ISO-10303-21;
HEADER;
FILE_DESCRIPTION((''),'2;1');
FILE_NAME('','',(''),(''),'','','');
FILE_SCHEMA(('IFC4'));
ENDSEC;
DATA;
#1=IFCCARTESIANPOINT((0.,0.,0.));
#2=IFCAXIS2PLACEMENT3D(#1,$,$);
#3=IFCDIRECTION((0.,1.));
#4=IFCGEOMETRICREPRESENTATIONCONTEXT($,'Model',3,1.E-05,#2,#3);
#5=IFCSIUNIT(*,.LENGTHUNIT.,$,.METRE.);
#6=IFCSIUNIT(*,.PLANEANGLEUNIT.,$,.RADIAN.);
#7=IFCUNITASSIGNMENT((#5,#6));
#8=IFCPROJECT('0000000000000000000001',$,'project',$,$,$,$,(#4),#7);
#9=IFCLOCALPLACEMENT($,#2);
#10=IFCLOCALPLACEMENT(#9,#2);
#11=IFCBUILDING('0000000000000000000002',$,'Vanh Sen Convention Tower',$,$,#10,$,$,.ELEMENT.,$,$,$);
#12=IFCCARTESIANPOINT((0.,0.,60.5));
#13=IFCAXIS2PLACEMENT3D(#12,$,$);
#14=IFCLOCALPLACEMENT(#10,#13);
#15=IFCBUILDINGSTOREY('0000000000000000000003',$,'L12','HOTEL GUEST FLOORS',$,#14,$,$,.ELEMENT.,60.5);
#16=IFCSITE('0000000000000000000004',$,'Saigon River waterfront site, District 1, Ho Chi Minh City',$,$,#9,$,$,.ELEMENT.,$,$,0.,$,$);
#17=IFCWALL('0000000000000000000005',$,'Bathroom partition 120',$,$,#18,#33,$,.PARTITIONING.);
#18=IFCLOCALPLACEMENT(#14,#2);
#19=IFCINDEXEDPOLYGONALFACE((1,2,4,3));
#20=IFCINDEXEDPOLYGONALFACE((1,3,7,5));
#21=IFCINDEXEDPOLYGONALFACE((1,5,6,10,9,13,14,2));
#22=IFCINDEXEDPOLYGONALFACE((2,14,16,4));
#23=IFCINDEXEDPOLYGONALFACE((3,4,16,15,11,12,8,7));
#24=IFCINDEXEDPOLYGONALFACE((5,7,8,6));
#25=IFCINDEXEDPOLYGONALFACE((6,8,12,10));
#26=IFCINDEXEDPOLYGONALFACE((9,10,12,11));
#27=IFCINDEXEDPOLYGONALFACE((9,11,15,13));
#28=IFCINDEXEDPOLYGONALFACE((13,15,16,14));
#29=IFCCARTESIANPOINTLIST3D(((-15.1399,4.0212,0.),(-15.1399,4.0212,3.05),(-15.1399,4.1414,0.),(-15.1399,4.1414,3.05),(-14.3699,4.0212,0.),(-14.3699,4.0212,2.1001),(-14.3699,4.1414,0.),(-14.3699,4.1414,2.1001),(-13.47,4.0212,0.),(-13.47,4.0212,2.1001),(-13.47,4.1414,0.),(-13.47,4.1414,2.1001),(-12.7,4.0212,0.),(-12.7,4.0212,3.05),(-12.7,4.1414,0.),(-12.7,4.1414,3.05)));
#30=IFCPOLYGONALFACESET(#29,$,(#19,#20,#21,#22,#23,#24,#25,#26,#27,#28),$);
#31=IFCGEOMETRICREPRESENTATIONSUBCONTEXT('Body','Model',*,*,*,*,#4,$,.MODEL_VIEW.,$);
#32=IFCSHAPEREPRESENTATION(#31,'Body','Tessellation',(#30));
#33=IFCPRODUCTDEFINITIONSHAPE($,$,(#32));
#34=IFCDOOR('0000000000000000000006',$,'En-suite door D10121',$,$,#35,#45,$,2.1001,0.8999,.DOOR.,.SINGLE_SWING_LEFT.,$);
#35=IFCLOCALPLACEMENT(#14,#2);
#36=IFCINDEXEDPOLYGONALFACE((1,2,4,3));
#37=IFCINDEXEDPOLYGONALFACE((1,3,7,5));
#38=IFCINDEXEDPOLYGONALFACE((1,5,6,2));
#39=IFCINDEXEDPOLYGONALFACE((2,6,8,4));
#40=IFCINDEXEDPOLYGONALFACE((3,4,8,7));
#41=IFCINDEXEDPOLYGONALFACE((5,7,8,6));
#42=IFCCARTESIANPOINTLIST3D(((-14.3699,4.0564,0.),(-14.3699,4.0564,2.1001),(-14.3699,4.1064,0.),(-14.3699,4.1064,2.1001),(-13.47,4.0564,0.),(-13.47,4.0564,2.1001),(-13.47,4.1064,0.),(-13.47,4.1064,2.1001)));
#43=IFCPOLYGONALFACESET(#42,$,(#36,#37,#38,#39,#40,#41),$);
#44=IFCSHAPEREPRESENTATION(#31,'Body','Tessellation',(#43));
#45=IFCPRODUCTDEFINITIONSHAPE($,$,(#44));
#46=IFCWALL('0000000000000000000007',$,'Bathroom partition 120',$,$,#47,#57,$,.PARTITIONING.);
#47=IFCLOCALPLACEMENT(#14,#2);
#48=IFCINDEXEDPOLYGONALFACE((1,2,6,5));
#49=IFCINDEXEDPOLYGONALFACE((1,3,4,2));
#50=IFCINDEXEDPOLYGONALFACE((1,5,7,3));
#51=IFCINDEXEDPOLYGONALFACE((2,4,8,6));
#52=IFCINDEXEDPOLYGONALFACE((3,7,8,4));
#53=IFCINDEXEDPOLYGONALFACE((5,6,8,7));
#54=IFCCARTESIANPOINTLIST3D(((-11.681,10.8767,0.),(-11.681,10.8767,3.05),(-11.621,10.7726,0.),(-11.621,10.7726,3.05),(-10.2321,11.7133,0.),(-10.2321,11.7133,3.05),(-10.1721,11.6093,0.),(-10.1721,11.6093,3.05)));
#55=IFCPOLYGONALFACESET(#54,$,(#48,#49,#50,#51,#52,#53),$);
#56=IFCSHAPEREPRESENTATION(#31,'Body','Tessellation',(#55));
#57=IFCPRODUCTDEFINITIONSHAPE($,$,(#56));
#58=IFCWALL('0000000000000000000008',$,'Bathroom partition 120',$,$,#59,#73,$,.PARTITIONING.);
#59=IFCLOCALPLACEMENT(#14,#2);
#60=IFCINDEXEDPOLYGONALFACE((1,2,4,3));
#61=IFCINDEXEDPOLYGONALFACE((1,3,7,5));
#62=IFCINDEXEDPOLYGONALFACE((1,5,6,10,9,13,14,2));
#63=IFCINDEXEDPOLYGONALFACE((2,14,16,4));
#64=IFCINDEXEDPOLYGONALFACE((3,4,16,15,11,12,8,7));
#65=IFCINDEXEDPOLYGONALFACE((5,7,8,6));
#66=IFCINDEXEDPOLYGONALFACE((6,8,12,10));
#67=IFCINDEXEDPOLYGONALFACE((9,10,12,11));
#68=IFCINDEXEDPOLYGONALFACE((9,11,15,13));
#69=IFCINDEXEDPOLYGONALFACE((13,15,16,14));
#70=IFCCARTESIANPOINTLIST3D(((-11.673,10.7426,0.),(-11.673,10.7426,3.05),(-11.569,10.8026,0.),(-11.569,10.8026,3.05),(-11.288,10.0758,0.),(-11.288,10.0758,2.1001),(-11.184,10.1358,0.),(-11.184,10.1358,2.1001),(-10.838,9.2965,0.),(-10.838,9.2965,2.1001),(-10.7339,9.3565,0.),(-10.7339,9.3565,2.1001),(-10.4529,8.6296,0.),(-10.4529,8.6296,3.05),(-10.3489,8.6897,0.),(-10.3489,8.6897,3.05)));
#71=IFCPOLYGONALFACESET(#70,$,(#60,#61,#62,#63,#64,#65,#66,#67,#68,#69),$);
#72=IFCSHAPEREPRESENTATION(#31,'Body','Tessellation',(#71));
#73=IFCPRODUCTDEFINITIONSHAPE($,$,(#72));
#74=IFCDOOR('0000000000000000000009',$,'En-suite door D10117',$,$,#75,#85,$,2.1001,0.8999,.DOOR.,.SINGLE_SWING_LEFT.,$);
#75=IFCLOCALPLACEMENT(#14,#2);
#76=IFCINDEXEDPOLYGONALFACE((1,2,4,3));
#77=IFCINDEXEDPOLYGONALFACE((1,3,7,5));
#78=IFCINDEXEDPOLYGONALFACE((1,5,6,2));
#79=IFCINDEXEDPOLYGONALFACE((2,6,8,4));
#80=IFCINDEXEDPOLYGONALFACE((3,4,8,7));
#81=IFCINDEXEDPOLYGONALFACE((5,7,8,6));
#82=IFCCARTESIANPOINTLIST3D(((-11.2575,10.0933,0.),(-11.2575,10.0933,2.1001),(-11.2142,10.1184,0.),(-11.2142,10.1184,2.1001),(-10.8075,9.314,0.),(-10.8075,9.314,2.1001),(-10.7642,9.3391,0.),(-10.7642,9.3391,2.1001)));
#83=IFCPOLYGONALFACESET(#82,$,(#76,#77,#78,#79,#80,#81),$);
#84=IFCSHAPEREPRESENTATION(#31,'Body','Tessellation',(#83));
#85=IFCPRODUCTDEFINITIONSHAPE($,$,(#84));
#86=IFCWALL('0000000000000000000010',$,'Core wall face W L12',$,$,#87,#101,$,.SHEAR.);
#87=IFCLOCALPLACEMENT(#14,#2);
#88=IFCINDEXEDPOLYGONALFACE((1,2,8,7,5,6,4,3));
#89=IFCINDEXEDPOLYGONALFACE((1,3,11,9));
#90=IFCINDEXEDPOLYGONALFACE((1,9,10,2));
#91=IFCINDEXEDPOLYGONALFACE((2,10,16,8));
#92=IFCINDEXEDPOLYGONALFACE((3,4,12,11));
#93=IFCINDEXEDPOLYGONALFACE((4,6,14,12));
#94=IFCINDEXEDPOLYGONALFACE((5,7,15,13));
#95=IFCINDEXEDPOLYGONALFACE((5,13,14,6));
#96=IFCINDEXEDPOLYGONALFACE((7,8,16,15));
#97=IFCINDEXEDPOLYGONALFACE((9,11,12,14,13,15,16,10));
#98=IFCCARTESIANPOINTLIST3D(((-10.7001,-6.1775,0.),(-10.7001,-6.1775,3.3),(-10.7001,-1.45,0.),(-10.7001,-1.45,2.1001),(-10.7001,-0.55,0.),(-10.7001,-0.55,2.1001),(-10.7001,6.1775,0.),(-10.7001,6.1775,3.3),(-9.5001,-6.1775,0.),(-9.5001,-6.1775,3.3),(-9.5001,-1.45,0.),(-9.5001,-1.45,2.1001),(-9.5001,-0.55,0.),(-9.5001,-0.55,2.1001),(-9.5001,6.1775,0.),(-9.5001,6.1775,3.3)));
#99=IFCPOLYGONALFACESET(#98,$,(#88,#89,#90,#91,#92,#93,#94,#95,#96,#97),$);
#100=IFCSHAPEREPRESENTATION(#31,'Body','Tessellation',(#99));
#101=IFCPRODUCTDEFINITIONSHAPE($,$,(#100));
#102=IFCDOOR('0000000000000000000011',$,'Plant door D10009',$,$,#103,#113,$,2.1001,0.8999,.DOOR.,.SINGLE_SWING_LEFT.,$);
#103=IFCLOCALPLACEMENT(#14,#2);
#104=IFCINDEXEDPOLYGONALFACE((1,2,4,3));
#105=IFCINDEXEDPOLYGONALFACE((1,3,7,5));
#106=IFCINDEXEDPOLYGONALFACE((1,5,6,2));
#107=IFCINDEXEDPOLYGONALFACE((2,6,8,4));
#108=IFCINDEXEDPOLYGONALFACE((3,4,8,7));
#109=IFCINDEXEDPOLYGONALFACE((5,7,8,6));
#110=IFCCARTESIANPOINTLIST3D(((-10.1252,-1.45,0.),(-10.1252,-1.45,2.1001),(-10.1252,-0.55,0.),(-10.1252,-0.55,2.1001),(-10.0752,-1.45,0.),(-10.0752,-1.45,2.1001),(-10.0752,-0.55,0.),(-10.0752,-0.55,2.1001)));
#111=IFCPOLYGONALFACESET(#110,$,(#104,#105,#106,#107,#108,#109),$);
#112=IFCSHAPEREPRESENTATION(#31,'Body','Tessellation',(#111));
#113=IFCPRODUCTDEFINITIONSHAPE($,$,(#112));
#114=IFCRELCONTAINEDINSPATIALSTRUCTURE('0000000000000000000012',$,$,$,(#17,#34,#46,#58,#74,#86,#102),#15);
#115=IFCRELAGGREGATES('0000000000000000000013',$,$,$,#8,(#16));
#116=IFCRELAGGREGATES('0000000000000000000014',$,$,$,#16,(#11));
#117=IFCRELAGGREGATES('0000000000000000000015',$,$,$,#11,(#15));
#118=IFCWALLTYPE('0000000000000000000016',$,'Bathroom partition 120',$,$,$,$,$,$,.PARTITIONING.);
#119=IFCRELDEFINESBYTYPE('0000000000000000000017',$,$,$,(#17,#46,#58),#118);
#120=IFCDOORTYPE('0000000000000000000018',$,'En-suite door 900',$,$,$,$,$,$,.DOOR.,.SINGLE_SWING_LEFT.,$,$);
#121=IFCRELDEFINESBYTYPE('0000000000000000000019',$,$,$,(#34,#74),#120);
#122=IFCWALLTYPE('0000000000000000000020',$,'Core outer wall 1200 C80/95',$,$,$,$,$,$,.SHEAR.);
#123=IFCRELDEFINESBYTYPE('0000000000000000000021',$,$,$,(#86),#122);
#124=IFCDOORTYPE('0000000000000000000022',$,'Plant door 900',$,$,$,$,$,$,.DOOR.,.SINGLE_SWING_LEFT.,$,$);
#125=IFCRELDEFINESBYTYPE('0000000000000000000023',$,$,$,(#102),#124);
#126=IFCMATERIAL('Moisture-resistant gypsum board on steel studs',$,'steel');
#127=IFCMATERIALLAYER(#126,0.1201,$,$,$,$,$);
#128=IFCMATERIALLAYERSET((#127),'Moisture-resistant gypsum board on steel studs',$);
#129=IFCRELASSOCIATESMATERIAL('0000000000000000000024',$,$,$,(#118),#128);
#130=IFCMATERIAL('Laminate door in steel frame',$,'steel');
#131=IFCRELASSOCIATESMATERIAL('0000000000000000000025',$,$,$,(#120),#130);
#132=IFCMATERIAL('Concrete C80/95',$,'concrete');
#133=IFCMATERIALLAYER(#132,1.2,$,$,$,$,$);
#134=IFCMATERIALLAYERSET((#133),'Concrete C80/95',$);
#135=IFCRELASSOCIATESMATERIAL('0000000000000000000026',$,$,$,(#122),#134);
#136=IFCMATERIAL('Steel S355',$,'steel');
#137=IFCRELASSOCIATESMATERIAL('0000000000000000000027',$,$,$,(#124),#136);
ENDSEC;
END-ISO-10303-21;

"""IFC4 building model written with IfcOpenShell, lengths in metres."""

from ifc_helpers import new_model, si_unit, direction, frame, frame_2d, origin, place, context, subcontext, project, spatial, rectangle, extrude, material, layer, layer_set, type_object, element, fill, save


model = new_model("IFC4")

# Units and contexts
model_context = context("Model", 3, precision=1e-05, world=origin(), true_north=direction((0.0, 1.0)))
body_context = subcontext(model_context, "Body", "Model", "MODEL_VIEW")
ifc_project = project(units=[si_unit("LENGTHUNIT", "METRE"), si_unit("PLANEANGLEUNIT", "RADIAN")], contexts=[model_context])

# Site, building, storey
site_placement = place(None, origin())
site = spatial("IfcSite", under=ifc_project, at=site_placement, Name="Saigon River waterfront site, District 1, Ho Chi Minh City", CompositionType="ELEMENT", RefElevation=0.0)
building_placement = place(site_placement, origin())
building = spatial("IfcBuilding", under=site, at=building_placement, Name="Vanh Sen Convention Tower", CompositionType="ELEMENT")
storey_placement = place(building_placement, frame((0.0, 0.0, 60.5)))
storey = spatial("IfcBuildingStorey", under=building, at=storey_placement, Name="L12", Description="HOTEL GUEST FLOORS", CompositionType="ELEMENT", Elevation=60.5)

# Wall, opening, door
ifc_material_1 = material(Name="Moisture-resistant gypsum board on steel studs", Category="steel")
ifc_layer_1 = layer(ifc_material_1, 0.1201)
ifc_layer_set_1 = layer_set([ifc_layer_1], Name="Moisture-resistant gypsum board on steel studs")
wall_type_1 = type_object("IfcWallType", Name="Bathroom partition 120", PredefinedType="PARTITIONING", material=ifc_layer_set_1)
wall_1_placement = place(storey_placement, frame((-12.7, 4.0813, 0.0), z_axis=(0.0, 0.0, 1.0), x_axis=(-1.0, 0.0, 0.0)))
wall_1 = element("IfcWall", 1, at=wall_1_placement, inside=storey, type_object=wall_type_1, Name="Bathroom partition 120", PredefinedType="PARTITIONING", context=body_context, shape_type="SweptSolid", body=[
    extrude(rectangle(XDim=2.4399, YDim=0.1201, at=frame_2d((1.22, 0.0))), origin(), (0.0, 0.0, 1.0), 3.05),
])
opening_1_placement = place(wall_1_placement, frame((0.77, 0.0, 0.0)))
opening_1 = element("IfcOpeningElement", 2, at=opening_1_placement, cuts=wall_1, PredefinedType="OPENING", context=body_context, shape_type="SweptSolid", body=[
    extrude(rectangle(XDim=0.8999, YDim=2.1001, at=frame_2d((0.45, 1.05))), frame((0.0, 0.0701, 0.0), z_axis=(0.0, -1.0, 0.0), x_axis=(1.0, 0.0, 0.0)), (0.0, 0.0, 1.0), 0.1401),
])
ifc_material_2 = material(Name="Laminate door in steel frame", Category="steel")
door_type_1 = type_object("IfcDoorType", Name="En-suite door 900", OperationType="SINGLE_SWING_LEFT", PredefinedType="DOOR", material=ifc_material_2)
door_1_placement = place(opening_1_placement, origin())
door_1 = element("IfcDoor", 3, at=door_1_placement, inside=storey, type_object=door_type_1, Name="En-suite door D10121", OperationType="SINGLE_SWING_LEFT", OverallHeight=2.1001, OverallWidth=0.8999, PredefinedType="DOOR", context=body_context, shape_type="SweptSolid", body=[
    extrude(rectangle(XDim=0.8999, YDim=2.1001, at=frame_2d((0.45, 1.05))), frame((0.0, 0.0249, 0.0), z_axis=(0.0, -1.0, 0.0), x_axis=(1.0, 0.0, 0.0)), (0.0, 0.0, 1.0), 0.05),
])
fill(opening_1, door_1)

# Wall
wall_2_placement = place(storey_placement, frame((-11.6509, 10.8247, 0.0), z_axis=(0.0, 0.0, 1.0), x_axis=(0.865998, 0.500047, 0.0)))
element("IfcWall", 4, at=wall_2_placement, inside=storey, type_object=wall_type_1, Name="Bathroom partition 120", PredefinedType="PARTITIONING", context=body_context, shape_type="SweptSolid", body=[
    extrude(rectangle(XDim=1.6731, YDim=0.1201, at=frame_2d((0.8364, 0.0))), origin(), (0.0, 0.0, 1.0), 3.05),
])

# Walls, openings, doors
wall_3_placement = place(storey_placement, frame((-10.4009, 8.6597, 0.0), z_axis=(0.0, 0.0, 1.0), x_axis=(-0.500078, 0.865981, 0.0)))
wall_3 = element("IfcWall", 5, at=wall_3_placement, inside=storey, type_object=wall_type_1, Name="Bathroom partition 120", PredefinedType="PARTITIONING", context=body_context, shape_type="SweptSolid", body=[
    extrude(rectangle(XDim=2.4399, YDim=0.1201, at=frame_2d((1.22, 0.0))), origin(), (0.0, 0.0, 1.0), 3.05),
])
opening_2_placement = place(wall_3_placement, frame((0.77, 0.0, 0.0)))
opening_2 = element("IfcOpeningElement", 6, at=opening_2_placement, cuts=wall_3, PredefinedType="OPENING", context=body_context, shape_type="SweptSolid", body=[
    extrude(rectangle(XDim=0.8999, YDim=2.1001, at=frame_2d((0.45, 1.05))), frame((0.0, 0.0701, 0.0), z_axis=(0.0, -1.0, 0.0), x_axis=(1.0, 0.0, 0.0)), (0.0, 0.0, 1.0), 0.1401),
])
door_2_placement = place(opening_2_placement, origin())
door_2 = element("IfcDoor", 7, at=door_2_placement, inside=storey, type_object=door_type_1, Name="En-suite door D10117", OperationType="SINGLE_SWING_LEFT", OverallHeight=2.1001, OverallWidth=0.8999, PredefinedType="DOOR", context=body_context, shape_type="SweptSolid", body=[
    extrude(rectangle(XDim=0.8999, YDim=2.1001, at=frame_2d((0.45, 1.05))), frame((0.0, 0.0249, 0.0), z_axis=(0.0, -1.0, 0.0), x_axis=(1.0, 0.0, 0.0)), (0.0, 0.0, 1.0), 0.05),
])
fill(opening_2, door_2)
ifc_material_3 = material(Name="Concrete C80/95", Category="concrete")
ifc_layer_2 = layer(ifc_material_3, 1.2)
ifc_layer_set_2 = layer_set([ifc_layer_2], Name="Concrete C80/95")
wall_type_2 = type_object("IfcWallType", Name="Core outer wall 1200 C80/95", PredefinedType="SHEAR", material=ifc_layer_set_2)
wall_4_placement = place(storey_placement, frame((-10.1001, 6.1775, 0.0), z_axis=(0.0, 0.0, 1.0), x_axis=(0.0, -1.0, 0.0)))
wall_4 = element("IfcWall", 8, at=wall_4_placement, inside=storey, type_object=wall_type_2, Name="Core wall face W L12", PredefinedType="SHEAR", context=body_context, shape_type="SweptSolid", body=[
    extrude(rectangle(XDim=12.355, YDim=1.2, at=frame_2d((6.1775, 0.0))), origin(), (0.0, 0.0, 1.0), 3.3),
])
opening_3_placement = place(wall_4_placement, frame((6.7275, 0.0, 0.0)))
opening_3 = element("IfcOpeningElement", 9, at=opening_3_placement, cuts=wall_4, PredefinedType="OPENING", context=body_context, shape_type="SweptSolid", body=[
    extrude(rectangle(XDim=0.8999, YDim=2.1001, at=frame_2d((0.45, 1.05))), frame((0.0, 0.6099, 0.0), z_axis=(0.0, -1.0, 0.0), x_axis=(1.0, 0.0, 0.0)), (0.0, 0.0, 1.0), 1.22),
])
ifc_material_4 = material(Name="Steel S355", Category="steel")
door_type_2 = type_object("IfcDoorType", Name="Plant door 900", OperationType="SINGLE_SWING_LEFT", PredefinedType="DOOR", material=ifc_material_4)
door_3_placement = place(opening_3_placement, origin())
door_3 = element("IfcDoor", 10, at=door_3_placement, inside=storey, type_object=door_type_2, Name="Plant door D10009", OperationType="SINGLE_SWING_LEFT", OverallHeight=2.1001, OverallWidth=0.8999, PredefinedType="DOOR", context=body_context, shape_type="SweptSolid", body=[
    extrude(rectangle(XDim=0.8999, YDim=2.1001, at=frame_2d((0.45, 1.05))), frame((0.0, 0.0249, 0.0), z_axis=(0.0, -1.0, 0.0), x_axis=(1.0, 0.0, 0.0)), (0.0, 0.0, 1.0), 0.05),
])
fill(opening_3, door_3)

save(model, "model.ifc")
